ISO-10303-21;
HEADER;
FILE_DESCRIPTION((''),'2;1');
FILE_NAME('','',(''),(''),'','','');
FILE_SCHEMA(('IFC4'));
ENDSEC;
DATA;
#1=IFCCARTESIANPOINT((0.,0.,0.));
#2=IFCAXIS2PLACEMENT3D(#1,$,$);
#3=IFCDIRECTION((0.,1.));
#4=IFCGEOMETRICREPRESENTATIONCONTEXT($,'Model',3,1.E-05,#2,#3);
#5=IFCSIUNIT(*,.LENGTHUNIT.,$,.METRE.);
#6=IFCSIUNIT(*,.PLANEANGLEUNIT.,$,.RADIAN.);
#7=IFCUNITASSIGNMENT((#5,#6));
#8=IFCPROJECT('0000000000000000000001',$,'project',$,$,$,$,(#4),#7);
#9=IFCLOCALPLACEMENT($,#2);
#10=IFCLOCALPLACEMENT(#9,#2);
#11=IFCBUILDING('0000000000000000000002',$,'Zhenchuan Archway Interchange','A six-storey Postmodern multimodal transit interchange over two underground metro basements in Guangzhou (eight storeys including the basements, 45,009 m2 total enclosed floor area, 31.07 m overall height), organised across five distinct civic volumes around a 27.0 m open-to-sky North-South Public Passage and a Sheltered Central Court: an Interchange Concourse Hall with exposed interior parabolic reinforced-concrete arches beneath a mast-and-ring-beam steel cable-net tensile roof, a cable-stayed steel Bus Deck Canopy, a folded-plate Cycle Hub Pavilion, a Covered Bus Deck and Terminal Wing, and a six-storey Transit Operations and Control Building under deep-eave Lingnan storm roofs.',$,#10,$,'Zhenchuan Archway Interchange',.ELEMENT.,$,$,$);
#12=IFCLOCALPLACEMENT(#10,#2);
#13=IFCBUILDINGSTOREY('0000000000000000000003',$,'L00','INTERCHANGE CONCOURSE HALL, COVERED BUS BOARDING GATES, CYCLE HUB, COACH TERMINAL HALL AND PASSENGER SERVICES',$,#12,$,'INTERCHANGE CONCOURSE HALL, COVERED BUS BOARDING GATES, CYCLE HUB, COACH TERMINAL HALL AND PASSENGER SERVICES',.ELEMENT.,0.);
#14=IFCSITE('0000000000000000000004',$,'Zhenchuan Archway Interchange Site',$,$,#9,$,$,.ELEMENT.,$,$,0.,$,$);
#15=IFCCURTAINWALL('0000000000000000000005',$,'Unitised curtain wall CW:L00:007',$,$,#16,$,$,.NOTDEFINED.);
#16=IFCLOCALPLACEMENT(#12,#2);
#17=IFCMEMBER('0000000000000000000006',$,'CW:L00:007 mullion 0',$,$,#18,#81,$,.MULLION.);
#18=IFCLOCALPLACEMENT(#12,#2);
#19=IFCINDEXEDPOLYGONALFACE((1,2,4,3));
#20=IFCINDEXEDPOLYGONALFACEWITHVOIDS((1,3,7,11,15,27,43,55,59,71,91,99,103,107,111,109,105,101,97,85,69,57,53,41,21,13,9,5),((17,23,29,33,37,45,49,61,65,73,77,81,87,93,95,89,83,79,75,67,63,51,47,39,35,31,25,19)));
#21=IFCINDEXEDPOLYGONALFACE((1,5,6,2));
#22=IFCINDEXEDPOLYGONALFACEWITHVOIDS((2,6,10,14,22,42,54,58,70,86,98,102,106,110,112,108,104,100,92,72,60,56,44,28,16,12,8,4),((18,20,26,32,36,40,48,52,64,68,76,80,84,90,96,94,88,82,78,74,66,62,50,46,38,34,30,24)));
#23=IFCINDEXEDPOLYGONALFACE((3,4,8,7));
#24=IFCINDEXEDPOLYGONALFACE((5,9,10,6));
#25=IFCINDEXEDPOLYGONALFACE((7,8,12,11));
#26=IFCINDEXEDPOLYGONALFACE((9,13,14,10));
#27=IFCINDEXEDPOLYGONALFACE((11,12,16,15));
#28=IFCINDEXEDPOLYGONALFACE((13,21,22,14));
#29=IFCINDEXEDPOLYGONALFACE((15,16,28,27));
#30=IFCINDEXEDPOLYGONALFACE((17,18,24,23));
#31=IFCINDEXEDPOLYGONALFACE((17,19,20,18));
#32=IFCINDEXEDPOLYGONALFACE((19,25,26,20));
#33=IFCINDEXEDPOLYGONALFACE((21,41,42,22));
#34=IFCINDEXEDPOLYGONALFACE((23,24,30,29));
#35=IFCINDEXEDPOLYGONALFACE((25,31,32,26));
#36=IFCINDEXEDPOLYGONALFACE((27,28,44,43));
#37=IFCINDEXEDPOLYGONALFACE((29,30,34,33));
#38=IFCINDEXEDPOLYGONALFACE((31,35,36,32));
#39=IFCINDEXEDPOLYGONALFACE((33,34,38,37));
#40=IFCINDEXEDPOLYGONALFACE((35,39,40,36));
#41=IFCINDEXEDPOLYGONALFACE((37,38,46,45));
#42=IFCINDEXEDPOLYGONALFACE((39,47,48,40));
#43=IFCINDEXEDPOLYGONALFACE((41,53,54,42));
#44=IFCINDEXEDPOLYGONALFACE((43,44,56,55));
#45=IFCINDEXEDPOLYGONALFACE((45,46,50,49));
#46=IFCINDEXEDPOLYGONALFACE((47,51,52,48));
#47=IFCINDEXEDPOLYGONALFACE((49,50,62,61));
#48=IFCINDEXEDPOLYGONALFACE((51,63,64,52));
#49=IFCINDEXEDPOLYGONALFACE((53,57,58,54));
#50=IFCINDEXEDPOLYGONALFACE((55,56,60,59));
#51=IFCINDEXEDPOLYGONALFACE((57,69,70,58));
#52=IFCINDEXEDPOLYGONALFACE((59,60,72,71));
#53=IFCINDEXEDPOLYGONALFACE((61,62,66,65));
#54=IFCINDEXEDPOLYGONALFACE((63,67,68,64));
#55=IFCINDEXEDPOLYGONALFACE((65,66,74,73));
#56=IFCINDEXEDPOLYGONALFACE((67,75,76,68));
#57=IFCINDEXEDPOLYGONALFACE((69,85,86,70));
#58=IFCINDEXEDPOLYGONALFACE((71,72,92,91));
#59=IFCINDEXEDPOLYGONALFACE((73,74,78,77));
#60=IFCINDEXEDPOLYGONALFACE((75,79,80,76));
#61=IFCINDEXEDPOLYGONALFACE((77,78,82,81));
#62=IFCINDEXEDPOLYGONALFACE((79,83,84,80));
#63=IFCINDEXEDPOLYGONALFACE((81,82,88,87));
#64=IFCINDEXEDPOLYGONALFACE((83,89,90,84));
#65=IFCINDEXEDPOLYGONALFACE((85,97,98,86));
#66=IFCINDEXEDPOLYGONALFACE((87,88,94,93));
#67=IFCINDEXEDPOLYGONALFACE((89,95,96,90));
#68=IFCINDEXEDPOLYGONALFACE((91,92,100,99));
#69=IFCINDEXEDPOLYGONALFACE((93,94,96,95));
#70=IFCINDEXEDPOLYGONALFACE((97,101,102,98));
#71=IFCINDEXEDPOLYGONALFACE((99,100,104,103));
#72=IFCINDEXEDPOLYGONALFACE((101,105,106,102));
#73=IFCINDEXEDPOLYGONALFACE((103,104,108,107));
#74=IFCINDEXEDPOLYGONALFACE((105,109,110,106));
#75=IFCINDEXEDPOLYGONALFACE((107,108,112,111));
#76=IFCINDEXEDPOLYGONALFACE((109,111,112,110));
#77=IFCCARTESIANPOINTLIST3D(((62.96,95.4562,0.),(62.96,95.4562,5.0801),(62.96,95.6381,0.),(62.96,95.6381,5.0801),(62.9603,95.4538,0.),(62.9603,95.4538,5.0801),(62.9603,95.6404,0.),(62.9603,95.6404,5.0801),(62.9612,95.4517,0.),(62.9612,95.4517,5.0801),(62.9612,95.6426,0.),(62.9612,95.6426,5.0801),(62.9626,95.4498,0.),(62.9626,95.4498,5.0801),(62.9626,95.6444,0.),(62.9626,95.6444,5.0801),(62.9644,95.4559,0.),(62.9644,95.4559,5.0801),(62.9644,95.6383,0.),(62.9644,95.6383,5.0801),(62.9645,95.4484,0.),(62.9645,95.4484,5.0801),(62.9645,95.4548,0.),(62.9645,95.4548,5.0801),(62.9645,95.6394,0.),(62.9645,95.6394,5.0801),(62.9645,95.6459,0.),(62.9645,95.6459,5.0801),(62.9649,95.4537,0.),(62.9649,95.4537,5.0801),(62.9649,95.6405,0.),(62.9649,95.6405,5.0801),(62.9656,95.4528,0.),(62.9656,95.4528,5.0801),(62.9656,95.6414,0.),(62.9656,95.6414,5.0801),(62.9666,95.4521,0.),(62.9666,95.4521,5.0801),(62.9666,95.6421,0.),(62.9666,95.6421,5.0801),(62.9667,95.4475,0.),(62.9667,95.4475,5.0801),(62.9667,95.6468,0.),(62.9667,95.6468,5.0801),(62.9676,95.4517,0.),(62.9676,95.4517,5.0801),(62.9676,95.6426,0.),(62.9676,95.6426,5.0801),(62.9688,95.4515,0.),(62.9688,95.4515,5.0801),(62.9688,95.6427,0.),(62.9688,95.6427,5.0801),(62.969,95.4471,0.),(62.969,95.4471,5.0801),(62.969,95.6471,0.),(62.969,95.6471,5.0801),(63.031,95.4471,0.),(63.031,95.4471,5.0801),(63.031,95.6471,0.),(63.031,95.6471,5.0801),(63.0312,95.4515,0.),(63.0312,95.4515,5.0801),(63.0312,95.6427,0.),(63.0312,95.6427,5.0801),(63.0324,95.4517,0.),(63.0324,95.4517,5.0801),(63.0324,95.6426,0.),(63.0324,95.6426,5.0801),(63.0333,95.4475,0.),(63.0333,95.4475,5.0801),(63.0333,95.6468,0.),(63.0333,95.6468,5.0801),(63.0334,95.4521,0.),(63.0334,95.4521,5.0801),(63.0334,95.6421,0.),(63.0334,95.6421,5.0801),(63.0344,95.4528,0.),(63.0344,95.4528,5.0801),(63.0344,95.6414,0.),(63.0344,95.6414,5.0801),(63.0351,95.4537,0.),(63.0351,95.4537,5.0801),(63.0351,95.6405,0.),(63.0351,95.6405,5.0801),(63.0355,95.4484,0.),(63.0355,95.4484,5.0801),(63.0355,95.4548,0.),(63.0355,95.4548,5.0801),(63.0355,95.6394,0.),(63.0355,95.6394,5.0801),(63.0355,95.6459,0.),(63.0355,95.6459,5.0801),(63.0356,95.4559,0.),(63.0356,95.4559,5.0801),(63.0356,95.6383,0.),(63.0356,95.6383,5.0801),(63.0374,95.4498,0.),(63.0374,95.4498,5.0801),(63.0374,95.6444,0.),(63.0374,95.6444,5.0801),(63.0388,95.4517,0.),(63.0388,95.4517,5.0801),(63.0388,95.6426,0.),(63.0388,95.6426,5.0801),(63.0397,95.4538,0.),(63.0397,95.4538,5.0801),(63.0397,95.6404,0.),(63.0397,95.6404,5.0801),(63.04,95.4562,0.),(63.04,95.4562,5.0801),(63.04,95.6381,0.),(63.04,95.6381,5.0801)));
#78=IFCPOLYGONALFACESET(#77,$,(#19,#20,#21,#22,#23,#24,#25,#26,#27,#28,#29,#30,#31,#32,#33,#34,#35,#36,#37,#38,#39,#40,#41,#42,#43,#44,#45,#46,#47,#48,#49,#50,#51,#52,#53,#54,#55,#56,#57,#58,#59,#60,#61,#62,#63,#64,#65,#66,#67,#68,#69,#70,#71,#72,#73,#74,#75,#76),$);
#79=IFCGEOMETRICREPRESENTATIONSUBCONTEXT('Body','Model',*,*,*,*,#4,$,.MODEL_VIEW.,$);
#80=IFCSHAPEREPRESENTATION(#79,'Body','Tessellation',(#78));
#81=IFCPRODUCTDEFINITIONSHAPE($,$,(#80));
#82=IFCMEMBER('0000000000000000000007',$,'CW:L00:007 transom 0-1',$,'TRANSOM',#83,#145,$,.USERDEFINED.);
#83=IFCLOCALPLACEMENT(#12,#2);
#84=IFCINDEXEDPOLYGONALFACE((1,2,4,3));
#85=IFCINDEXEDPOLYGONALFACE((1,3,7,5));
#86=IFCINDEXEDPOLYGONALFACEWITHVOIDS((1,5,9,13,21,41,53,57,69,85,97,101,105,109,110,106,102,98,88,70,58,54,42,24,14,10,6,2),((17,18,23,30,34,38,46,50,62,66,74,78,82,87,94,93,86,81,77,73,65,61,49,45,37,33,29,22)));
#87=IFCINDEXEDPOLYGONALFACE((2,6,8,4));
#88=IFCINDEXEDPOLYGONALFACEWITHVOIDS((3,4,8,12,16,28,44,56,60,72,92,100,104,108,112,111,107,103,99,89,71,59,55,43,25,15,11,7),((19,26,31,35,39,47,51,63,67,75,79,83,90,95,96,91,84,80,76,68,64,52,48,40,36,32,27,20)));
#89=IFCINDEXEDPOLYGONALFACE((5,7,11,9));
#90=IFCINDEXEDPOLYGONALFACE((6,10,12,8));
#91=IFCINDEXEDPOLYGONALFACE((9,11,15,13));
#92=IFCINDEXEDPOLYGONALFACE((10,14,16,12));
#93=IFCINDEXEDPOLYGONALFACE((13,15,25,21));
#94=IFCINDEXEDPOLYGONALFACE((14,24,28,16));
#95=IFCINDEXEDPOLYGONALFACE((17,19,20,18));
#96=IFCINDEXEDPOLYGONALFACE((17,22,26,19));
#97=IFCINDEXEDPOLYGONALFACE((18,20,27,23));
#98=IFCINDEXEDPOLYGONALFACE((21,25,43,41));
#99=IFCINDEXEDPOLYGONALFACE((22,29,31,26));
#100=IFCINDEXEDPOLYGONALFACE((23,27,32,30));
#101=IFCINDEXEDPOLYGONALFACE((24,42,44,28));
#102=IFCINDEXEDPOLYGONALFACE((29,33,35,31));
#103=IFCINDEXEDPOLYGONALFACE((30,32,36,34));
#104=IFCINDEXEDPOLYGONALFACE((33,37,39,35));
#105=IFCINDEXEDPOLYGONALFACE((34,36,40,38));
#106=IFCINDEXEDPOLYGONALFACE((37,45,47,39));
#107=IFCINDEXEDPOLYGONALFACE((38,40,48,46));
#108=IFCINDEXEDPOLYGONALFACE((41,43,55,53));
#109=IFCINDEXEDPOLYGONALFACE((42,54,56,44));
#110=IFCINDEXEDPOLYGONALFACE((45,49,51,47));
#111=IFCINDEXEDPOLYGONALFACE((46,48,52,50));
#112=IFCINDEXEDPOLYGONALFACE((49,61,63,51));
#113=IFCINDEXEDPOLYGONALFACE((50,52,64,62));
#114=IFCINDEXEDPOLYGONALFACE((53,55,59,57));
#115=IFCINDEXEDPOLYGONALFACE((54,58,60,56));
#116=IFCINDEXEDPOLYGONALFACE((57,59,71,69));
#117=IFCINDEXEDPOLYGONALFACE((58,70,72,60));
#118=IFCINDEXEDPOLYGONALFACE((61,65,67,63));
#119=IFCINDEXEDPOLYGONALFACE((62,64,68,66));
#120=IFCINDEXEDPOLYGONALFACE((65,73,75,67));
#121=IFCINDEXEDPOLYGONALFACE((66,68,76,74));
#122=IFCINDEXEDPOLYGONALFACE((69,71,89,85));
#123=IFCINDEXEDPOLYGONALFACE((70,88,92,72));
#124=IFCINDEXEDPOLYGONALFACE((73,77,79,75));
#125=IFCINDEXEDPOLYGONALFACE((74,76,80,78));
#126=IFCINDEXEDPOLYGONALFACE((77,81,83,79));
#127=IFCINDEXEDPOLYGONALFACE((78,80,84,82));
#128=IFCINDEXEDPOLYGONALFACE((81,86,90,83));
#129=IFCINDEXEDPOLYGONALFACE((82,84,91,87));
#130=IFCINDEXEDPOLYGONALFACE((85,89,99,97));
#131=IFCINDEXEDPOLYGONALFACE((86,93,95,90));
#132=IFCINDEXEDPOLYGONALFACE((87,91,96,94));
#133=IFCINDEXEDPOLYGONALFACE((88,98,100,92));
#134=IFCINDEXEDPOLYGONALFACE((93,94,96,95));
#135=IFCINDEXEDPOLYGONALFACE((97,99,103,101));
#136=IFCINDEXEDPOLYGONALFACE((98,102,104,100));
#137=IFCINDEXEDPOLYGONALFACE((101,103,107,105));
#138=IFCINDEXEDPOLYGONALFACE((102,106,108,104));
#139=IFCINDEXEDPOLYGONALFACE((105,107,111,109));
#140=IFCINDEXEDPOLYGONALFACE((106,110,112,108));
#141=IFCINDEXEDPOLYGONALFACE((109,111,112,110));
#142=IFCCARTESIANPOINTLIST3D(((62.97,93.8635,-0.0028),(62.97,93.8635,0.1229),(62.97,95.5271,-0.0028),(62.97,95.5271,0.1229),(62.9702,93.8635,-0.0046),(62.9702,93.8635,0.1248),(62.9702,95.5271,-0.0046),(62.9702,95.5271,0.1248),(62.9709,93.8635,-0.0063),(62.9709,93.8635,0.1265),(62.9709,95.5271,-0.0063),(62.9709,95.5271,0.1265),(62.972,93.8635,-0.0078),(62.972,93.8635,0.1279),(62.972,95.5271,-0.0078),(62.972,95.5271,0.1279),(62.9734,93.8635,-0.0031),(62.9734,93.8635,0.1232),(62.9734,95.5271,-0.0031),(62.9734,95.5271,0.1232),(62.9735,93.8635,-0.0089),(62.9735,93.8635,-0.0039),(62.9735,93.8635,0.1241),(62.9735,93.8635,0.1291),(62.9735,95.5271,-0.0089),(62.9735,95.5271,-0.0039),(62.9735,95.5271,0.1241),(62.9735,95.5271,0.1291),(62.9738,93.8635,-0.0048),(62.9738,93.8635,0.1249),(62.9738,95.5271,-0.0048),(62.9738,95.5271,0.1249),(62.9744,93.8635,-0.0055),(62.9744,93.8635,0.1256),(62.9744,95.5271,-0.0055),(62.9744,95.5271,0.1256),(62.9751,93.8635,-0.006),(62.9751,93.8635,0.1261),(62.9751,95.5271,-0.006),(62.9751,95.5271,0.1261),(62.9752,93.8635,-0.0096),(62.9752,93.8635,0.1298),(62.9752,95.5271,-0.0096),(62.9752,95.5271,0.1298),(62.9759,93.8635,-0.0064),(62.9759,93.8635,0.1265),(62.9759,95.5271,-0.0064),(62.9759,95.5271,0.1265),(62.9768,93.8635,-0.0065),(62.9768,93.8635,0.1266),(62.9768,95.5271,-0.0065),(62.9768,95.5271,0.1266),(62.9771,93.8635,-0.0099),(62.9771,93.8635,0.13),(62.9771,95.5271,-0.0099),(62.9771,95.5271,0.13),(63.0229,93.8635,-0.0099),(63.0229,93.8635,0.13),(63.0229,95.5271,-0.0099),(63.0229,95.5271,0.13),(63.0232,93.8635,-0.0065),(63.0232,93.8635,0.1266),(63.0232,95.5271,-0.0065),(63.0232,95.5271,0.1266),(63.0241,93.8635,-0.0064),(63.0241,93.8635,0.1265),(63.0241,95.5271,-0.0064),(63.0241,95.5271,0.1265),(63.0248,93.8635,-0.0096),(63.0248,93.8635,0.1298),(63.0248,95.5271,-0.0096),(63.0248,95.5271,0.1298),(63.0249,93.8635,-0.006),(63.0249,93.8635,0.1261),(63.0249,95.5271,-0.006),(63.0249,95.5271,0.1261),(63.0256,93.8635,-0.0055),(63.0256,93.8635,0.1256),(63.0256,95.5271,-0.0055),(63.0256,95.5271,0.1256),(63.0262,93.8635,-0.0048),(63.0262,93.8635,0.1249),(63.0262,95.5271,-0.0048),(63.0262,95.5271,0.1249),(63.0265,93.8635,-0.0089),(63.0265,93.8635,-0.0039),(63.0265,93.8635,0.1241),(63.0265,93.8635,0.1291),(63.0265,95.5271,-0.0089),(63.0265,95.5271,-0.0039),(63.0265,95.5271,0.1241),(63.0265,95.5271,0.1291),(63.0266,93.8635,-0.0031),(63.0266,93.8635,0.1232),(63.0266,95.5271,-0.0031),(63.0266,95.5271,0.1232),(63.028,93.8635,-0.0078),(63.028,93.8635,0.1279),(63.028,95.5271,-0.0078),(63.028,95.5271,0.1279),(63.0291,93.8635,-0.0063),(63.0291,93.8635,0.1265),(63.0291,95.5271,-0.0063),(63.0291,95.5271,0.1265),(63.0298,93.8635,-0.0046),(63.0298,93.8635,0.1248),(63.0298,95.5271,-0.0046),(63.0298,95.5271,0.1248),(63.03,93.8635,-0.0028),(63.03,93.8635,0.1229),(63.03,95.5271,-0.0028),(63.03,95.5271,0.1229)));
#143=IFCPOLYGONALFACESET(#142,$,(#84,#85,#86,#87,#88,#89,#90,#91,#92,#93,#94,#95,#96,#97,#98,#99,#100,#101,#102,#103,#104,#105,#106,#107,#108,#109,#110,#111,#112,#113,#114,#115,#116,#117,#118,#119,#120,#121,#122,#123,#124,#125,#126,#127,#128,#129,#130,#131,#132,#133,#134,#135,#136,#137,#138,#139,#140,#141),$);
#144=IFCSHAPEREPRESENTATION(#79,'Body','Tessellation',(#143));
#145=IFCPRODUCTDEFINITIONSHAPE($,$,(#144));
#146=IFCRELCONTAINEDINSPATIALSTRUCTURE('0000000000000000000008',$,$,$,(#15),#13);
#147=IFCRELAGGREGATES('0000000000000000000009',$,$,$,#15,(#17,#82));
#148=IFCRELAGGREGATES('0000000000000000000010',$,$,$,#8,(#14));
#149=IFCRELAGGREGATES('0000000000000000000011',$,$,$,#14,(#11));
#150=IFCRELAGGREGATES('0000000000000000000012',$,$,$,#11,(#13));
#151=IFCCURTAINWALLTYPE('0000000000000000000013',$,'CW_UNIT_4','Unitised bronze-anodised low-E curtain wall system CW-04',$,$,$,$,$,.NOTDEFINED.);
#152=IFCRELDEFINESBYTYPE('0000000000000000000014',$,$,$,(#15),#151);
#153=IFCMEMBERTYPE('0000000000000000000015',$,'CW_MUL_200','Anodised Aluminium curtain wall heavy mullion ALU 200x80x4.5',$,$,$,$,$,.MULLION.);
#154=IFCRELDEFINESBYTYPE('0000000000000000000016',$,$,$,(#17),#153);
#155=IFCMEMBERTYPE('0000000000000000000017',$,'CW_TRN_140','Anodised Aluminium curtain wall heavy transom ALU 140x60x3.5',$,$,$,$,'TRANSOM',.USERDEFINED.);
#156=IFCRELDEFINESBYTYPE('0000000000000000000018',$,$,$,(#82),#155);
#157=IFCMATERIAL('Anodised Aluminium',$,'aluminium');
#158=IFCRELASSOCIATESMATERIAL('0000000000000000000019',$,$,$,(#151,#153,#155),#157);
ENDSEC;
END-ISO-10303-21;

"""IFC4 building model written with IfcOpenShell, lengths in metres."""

from ifc_helpers import new_model, si_unit, direction, frame, origin, origin_2d, place, context, subcontext, project, spatial, hollow_rectangle, extrude, material, material_profile, profile_set, type_object, element, aggregate, save


model = new_model("IFC4")

# Units and contexts
model_context = context("Model", 3, precision=1e-05, world=origin(), true_north=direction((0.0, 1.0)))
body_context = subcontext(model_context, "Body", "Model", "MODEL_VIEW")
ifc_project = project(units=[si_unit("LENGTHUNIT", "METRE"), si_unit("PLANEANGLEUNIT", "RADIAN")], contexts=[model_context])

# Site, building, storey
site_placement = place(None, origin())
site = spatial("IfcSite", under=ifc_project, at=site_placement, Name="Zhenchuan Archway Interchange Site", CompositionType="ELEMENT", RefElevation=0.0)
building_placement = place(site_placement, origin())
building = spatial("IfcBuilding", under=site, at=building_placement, Name="Zhenchuan Archway Interchange", Description="A six-storey Postmodern multimodal transit interchange over two underground metro basements in Guangzhou (eight storeys including the basements, 45,009 m2 total enclosed floor area, 31.07 m overall height), organised across five distinct civic volumes around a 27.0 m open-to-sky North-South Public Passage and a Sheltered Central Court: an Interchange Concourse Hall with exposed interior parabolic reinforced-concrete arches beneath a mast-and-ring-beam steel cable-net tensile roof, a cable-stayed steel Bus Deck Canopy, a folded-plate Cycle Hub Pavilion, a Covered Bus Deck and Terminal Wing, and a six-storey Transit Operations and Control Building under deep-eave Lingnan storm roofs.", LongName="Zhenchuan Archway Interchange", CompositionType="ELEMENT")
storey_placement = place(building_placement, origin())
storey = spatial("IfcBuildingStorey", under=building, at=storey_placement, Name="L00", Description="INTERCHANGE CONCOURSE HALL, COVERED BUS BOARDING GATES, CYCLE HUB, COACH TERMINAL HALL AND PASSENGER SERVICES", LongName="INTERCHANGE CONCOURSE HALL, COVERED BUS BOARDING GATES, CYCLE HUB, COACH TERMINAL HALL AND PASSENGER SERVICES", CompositionType="ELEMENT", Elevation=0.0)

# Curtain wall, members
ifc_material_1 = material(Name="Anodised Aluminium", Category="aluminium")
curtain_wall_type = type_object("IfcCurtainWallType", Name="CW_UNIT_4", Description="Unitised bronze-anodised low-E curtain wall system CW-04", PredefinedType="NOTDEFINED", material=ifc_material_1)
curtain_wall_placement = place(storey_placement, origin())
curtain_wall = element("IfcCurtainWall", 1, at=curtain_wall_placement, inside=storey, type_object=curtain_wall_type, Name="Unitised curtain wall CW:L00:007", PredefinedType="NOTDEFINED")
ifc_material_profile_1 = material_profile(ifc_material_1, hollow_rectangle(XDim=0.0801, YDim=0.2, WallThickness=0.0044, InnerFilletRadius=0.0044, OuterFilletRadius=0.009, at=origin_2d()), Name="ALU 200x80x4.5")
ifc_profile_set_1 = profile_set([ifc_material_profile_1], Name="Anodised Aluminium")
member_type_1 = type_object("IfcMemberType", Name="CW_MUL_200", Description="Anodised Aluminium curtain wall heavy mullion ALU 200x80x4.5", PredefinedType="MULLION", material=ifc_profile_set_1)
member_1_placement = place(storey_placement, frame((63.0, 95.5471, 0.0), z_axis=(0.0, 0.0, 1.0), x_axis=(1.0, 0.0, 0.0)))
member_1 = element("IfcMember", 2, at=member_1_placement, type_object=member_type_1, Name="CW:L00:007 mullion 0", PredefinedType="MULLION", context=body_context, shape_type="SweptSolid", body=[
    extrude(hollow_rectangle(XDim=0.0801, YDim=0.2, WallThickness=0.0044, InnerFilletRadius=0.0044, OuterFilletRadius=0.009, at=origin_2d()), origin(), (0.0, 0.0, 1.0), 5.0801),
])
ifc_material_profile_2 = material_profile(ifc_material_1, hollow_rectangle(XDim=0.0601, YDim=0.1399, WallThickness=0.0034, InnerFilletRadius=0.0034, OuterFilletRadius=0.0071, at=origin_2d()), Name="ALU 140x60x3.5")
ifc_profile_set_2 = profile_set([ifc_material_profile_2], Name="Anodised Aluminium")
member_type_2 = type_object("IfcMemberType", Name="CW_TRN_140", Description="Anodised Aluminium curtain wall heavy transom ALU 140x60x3.5", ElementType="TRANSOM", PredefinedType="USERDEFINED", material=ifc_profile_set_2)
member_2_placement = place(storey_placement, frame((63.0, 95.5271, 0.0601), z_axis=(0.0, -1.0, 0.0), x_axis=(1.0, 0.0, 0.0)))
member_2 = element("IfcMember", 3, at=member_2_placement, type_object=member_type_2, Name="CW:L00:007 transom 0-1", ObjectType="TRANSOM", PredefinedType="USERDEFINED", context=body_context, shape_type="SweptSolid", body=[
    extrude(hollow_rectangle(XDim=0.0601, YDim=0.1399, WallThickness=0.0034, InnerFilletRadius=0.0034, OuterFilletRadius=0.0071, at=origin_2d()), origin(), (0.0, 0.0, 1.0), 1.6636),
])
aggregate(curtain_wall, [member_1, member_2])

save(model, "model.ifc")
